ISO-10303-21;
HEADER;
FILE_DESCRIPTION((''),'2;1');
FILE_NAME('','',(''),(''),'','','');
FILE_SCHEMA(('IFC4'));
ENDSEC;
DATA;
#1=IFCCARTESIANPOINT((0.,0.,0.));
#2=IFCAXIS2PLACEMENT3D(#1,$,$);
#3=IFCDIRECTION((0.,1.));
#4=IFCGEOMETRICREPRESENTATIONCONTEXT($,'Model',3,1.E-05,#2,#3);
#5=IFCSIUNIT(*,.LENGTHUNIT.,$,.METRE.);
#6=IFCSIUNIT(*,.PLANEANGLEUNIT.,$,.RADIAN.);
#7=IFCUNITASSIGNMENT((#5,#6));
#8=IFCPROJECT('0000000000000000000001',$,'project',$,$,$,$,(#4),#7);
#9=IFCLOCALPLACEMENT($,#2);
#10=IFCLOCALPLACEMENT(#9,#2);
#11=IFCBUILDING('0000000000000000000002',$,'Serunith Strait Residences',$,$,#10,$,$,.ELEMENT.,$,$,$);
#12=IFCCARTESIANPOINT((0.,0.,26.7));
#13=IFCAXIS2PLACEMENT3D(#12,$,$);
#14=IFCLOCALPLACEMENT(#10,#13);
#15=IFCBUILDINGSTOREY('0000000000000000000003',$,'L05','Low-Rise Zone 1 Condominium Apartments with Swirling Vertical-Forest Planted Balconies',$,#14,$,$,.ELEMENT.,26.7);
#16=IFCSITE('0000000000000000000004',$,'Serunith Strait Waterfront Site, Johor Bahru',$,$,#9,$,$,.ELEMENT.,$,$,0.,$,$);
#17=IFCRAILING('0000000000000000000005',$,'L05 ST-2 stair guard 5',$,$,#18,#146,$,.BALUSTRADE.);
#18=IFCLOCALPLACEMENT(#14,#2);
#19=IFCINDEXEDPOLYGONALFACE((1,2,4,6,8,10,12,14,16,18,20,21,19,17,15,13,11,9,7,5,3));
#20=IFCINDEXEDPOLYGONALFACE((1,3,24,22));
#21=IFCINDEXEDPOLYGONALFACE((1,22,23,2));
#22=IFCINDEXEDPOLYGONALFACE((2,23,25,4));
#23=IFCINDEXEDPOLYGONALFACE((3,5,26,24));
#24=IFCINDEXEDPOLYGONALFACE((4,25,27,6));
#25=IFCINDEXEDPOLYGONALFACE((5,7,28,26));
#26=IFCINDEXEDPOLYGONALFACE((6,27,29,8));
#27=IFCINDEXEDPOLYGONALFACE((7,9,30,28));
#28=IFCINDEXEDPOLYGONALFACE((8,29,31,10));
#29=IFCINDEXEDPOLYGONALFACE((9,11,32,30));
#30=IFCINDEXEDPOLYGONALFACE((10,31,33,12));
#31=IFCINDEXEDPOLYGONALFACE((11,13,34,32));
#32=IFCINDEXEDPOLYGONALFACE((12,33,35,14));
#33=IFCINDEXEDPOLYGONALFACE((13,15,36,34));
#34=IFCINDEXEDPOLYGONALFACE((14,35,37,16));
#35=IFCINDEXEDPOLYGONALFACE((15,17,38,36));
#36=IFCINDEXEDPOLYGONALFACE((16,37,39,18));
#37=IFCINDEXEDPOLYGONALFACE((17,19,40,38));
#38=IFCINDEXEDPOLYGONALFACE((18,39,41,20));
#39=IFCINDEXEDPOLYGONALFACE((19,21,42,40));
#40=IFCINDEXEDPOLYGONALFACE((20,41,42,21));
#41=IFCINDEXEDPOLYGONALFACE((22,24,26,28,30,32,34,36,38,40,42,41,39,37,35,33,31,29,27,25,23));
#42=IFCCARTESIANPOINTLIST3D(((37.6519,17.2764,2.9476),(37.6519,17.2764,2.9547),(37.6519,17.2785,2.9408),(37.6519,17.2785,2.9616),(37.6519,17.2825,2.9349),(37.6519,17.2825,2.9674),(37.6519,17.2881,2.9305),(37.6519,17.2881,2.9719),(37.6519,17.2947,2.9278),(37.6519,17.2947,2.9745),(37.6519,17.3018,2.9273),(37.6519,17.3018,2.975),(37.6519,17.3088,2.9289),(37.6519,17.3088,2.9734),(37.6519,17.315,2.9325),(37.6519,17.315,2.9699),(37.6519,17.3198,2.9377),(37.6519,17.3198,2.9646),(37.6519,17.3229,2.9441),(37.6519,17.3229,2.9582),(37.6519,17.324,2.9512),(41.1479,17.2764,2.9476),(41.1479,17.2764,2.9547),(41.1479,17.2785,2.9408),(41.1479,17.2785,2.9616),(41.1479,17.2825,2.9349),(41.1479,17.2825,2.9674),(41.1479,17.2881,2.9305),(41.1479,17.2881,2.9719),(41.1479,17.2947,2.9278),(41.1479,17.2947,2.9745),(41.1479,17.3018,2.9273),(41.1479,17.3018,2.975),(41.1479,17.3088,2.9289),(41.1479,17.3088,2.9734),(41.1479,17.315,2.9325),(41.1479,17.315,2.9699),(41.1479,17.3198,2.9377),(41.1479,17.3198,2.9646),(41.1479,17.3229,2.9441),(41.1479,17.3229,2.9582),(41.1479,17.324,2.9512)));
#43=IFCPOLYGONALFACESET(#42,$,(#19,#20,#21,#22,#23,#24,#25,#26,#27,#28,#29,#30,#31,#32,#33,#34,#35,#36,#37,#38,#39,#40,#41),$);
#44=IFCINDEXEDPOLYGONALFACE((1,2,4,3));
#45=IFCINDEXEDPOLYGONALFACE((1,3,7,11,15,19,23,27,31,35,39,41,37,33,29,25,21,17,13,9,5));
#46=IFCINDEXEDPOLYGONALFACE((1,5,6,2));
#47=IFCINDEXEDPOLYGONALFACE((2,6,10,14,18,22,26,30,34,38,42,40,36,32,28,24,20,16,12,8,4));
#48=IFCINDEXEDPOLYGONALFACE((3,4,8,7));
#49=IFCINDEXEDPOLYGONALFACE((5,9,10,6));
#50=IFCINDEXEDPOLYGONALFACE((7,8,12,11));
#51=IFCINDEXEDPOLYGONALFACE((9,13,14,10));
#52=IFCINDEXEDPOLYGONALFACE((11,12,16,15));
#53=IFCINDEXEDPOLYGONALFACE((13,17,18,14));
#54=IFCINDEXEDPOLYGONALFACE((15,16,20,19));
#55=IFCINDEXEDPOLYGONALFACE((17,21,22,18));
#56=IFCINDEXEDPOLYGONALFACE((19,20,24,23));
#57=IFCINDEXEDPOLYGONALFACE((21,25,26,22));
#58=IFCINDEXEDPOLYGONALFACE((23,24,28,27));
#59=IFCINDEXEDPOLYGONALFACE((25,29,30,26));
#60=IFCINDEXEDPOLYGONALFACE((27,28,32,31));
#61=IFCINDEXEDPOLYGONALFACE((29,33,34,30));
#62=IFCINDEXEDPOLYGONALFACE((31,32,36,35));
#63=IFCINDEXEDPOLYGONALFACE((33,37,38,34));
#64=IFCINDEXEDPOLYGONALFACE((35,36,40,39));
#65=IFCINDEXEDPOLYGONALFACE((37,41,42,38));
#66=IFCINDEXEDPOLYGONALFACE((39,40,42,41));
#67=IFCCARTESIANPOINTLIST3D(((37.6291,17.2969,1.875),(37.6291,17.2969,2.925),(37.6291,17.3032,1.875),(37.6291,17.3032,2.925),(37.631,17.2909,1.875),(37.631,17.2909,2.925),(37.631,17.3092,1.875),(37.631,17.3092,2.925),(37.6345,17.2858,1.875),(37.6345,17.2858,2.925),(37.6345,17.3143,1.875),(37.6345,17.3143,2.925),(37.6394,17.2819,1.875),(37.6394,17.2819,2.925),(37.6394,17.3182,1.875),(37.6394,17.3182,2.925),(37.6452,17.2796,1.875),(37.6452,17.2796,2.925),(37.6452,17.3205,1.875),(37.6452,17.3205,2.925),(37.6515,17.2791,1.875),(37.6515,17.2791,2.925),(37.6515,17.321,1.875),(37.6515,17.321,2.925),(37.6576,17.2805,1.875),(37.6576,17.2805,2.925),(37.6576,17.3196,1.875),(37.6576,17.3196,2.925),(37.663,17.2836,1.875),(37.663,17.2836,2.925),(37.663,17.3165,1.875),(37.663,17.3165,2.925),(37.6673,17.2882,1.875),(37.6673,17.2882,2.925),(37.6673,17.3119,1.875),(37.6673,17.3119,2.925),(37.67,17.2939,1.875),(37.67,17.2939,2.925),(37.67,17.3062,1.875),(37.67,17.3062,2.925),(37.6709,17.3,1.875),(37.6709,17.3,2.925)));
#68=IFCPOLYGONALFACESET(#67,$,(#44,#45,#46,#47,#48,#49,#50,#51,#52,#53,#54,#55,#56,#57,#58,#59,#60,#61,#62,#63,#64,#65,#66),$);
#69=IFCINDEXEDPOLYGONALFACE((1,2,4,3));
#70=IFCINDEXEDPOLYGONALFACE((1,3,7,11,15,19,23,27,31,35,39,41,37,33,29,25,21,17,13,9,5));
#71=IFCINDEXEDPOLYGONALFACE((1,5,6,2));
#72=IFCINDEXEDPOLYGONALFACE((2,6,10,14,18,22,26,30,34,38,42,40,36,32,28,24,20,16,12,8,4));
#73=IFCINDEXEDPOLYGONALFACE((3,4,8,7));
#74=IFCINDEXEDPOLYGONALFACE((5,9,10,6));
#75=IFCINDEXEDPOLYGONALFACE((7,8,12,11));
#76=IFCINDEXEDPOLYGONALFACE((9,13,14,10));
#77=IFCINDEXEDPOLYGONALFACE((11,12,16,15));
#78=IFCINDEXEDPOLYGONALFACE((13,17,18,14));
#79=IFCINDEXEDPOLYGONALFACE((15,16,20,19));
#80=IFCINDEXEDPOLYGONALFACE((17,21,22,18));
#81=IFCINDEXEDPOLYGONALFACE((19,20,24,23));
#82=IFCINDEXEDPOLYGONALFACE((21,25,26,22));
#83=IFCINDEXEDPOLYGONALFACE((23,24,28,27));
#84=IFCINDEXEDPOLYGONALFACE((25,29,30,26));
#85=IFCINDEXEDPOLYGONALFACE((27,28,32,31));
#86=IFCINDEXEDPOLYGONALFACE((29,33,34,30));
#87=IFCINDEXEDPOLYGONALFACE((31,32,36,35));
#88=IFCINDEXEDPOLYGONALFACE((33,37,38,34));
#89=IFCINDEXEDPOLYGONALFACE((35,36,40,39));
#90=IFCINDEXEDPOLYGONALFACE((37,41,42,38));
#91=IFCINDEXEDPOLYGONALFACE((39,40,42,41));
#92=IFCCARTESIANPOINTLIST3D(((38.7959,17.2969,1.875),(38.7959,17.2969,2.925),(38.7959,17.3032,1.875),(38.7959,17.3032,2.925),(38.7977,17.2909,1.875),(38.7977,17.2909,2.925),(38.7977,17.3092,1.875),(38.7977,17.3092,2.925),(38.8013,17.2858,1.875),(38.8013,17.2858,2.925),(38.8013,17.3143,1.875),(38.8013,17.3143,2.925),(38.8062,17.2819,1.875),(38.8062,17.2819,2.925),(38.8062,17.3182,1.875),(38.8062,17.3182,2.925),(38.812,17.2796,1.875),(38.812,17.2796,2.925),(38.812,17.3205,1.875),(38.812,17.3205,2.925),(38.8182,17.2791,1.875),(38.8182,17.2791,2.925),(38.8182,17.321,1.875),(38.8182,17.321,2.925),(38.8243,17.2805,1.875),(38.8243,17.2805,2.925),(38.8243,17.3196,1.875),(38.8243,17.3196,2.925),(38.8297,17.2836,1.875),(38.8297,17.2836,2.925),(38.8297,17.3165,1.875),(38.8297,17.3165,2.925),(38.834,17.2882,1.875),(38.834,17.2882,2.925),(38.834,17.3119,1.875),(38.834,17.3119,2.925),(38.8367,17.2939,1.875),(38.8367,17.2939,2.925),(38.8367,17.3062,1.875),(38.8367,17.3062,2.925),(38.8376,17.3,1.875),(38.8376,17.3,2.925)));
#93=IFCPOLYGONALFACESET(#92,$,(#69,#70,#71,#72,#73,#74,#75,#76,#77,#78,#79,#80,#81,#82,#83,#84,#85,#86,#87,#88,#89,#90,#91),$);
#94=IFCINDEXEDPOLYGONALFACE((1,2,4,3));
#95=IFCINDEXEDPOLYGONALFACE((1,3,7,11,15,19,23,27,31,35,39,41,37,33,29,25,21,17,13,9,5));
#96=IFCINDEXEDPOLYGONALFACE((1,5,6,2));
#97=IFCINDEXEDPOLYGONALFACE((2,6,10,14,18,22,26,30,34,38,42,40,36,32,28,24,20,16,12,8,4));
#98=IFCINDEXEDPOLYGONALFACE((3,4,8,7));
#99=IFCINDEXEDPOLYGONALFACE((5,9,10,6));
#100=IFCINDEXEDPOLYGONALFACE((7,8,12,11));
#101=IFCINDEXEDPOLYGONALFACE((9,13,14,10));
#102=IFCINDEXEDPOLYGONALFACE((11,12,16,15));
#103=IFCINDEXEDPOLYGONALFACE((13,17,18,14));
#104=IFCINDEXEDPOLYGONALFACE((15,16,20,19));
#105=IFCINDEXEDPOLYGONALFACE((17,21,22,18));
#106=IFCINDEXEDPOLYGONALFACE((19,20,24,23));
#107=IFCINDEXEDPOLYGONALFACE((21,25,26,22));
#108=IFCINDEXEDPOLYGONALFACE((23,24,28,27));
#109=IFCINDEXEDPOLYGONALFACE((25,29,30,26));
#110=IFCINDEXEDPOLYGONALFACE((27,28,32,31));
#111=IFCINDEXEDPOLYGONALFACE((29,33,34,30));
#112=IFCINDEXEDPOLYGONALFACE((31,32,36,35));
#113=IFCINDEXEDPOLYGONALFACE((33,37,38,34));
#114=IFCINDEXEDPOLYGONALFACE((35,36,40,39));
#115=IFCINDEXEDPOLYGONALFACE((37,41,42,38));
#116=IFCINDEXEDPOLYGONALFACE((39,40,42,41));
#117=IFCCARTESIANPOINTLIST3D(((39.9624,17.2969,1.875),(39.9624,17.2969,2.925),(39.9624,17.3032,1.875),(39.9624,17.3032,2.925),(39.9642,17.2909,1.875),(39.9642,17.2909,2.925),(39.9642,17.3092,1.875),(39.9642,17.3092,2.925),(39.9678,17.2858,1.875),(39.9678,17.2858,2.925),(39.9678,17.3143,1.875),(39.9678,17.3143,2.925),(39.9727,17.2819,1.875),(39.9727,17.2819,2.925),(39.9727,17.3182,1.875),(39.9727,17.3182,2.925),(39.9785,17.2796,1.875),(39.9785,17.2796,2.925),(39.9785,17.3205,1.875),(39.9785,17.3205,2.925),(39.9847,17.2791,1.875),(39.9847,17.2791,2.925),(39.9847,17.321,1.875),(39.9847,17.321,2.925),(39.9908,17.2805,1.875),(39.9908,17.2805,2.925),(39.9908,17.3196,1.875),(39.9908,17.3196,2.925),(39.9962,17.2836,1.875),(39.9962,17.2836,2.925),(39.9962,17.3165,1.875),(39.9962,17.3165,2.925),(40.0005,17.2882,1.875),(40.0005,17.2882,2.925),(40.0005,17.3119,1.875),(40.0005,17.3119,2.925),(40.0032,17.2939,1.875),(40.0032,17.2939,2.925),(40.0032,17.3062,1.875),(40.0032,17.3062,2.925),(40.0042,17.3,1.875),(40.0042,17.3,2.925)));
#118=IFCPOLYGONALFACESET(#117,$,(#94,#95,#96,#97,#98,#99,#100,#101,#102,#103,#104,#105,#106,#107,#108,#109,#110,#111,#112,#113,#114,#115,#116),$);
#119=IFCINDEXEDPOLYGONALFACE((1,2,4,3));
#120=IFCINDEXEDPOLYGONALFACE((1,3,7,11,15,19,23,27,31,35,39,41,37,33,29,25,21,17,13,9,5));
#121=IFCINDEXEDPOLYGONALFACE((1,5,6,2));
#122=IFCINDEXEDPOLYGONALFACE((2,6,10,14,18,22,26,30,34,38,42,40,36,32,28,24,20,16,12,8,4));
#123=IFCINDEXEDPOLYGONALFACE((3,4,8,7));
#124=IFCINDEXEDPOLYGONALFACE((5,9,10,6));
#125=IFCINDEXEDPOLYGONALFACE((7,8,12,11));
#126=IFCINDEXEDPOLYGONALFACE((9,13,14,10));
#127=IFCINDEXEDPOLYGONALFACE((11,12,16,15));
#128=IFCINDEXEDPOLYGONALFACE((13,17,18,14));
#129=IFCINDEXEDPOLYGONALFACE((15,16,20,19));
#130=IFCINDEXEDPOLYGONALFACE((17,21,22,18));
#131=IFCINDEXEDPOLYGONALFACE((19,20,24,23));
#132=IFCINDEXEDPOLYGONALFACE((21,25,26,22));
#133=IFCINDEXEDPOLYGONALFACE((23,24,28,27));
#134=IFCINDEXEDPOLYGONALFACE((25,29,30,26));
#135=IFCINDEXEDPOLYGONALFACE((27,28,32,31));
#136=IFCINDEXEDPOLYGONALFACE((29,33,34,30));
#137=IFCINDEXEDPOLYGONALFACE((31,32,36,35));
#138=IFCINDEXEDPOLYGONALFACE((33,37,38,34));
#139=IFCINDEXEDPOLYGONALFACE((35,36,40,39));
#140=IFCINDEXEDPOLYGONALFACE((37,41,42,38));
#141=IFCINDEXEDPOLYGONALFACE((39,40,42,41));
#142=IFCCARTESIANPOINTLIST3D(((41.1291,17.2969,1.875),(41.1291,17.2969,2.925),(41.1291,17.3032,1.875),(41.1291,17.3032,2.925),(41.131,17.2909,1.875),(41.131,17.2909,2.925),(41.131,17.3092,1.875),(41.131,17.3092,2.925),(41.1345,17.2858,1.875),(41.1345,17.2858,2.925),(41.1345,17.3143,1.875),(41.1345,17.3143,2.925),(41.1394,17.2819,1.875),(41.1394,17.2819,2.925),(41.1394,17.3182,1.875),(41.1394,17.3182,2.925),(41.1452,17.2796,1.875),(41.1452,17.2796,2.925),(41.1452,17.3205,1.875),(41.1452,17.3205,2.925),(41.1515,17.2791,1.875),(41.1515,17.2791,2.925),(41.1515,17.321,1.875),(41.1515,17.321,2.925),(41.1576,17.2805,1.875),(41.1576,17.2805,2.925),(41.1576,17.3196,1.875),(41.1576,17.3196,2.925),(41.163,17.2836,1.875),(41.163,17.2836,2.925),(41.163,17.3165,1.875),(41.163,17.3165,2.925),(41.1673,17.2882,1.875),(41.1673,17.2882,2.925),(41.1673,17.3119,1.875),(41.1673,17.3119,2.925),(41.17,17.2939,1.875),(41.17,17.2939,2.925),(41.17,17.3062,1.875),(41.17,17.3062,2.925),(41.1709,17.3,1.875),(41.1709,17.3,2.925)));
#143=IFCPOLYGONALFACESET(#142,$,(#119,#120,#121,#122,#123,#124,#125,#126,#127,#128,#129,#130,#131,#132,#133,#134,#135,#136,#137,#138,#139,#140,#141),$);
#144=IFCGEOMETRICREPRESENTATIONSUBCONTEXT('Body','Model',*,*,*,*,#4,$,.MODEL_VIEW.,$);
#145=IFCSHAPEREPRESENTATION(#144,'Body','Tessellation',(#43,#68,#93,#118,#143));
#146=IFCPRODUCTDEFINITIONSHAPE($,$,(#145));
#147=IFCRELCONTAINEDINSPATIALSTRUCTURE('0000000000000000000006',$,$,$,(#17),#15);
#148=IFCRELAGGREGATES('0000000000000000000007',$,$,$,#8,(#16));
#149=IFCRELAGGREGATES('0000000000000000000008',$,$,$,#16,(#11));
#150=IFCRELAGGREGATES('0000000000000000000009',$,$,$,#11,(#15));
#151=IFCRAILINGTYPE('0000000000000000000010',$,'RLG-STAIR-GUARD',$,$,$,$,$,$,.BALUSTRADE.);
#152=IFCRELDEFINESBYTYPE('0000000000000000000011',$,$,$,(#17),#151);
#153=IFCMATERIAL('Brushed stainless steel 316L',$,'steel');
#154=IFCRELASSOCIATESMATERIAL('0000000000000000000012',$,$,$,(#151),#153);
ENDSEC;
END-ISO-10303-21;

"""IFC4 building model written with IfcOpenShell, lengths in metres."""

from ifc_helpers import new_model, si_unit, direction, frame, origin, origin_2d, place, context, subcontext, project, spatial, circle, extrude, material, type_object, element, save


model = new_model("IFC4")

# Units and contexts
model_context = context("Model", 3, precision=1e-05, world=origin(), true_north=direction((0.0, 1.0)))
body_context = subcontext(model_context, "Body", "Model", "MODEL_VIEW")
ifc_project = project(units=[si_unit("LENGTHUNIT", "METRE"), si_unit("PLANEANGLEUNIT", "RADIAN")], contexts=[model_context])

# Site, building, storey
site_placement = place(None, origin())
site = spatial("IfcSite", under=ifc_project, at=site_placement, Name="Serunith Strait Waterfront Site, Johor Bahru", CompositionType="ELEMENT", RefElevation=0.0)
building_placement = place(site_placement, origin())
building = spatial("IfcBuilding", under=site, at=building_placement, Name="Serunith Strait Residences", CompositionType="ELEMENT")
storey_placement = place(building_placement, frame((0.0, 0.0, 26.7)))
storey = spatial("IfcBuildingStorey", under=building, at=storey_placement, Name="L05", Description="Low-Rise Zone 1 Condominium Apartments with Swirling Vertical-Forest Planted Balconies", CompositionType="ELEMENT", Elevation=26.7)

# Railing
ifc_material_1 = material(Name="Brushed stainless steel 316L", Category="steel")
railing_type_1 = type_object("IfcRailingType", Name="RLG-STAIR-GUARD", PredefinedType="BALUSTRADE", material=ifc_material_1)
railing_1_placement = place(storey_placement, frame((37.6499, 17.3, 1.875)))
element("IfcRailing", 1, at=railing_1_placement, inside=storey, type_object=railing_type_1, Name="L05 ST-2 stair guard 5", PredefinedType="BALUSTRADE", context=body_context, shape_type="SweptSolid", body=[
    extrude(circle(Radius=0.0239, at=origin_2d()), frame((0.002, 0.0, 1.0762), z_axis=(1.0, 0.0, 0.0), x_axis=(0.0, 1.0, 0.0)), (0.0, 0.0, 1.0), 3.4961),
    extrude(circle(Radius=0.021, at=origin_2d()), origin(), (0.0, 0.0, 1.0), 1.05),
    extrude(circle(Radius=0.021, at=origin_2d()), frame((1.1667, 0.0, 0.0)), (0.0, 0.0, 1.0), 1.05),
    extrude(circle(Radius=0.021, at=origin_2d()), frame((2.3333, 0.0, 0.0)), (0.0, 0.0, 1.0), 1.05),
    extrude(circle(Radius=0.021, at=origin_2d()), frame((3.5, 0.0, 0.0)), (0.0, 0.0, 1.0), 1.05),
])

save(model, "model.ifc")
